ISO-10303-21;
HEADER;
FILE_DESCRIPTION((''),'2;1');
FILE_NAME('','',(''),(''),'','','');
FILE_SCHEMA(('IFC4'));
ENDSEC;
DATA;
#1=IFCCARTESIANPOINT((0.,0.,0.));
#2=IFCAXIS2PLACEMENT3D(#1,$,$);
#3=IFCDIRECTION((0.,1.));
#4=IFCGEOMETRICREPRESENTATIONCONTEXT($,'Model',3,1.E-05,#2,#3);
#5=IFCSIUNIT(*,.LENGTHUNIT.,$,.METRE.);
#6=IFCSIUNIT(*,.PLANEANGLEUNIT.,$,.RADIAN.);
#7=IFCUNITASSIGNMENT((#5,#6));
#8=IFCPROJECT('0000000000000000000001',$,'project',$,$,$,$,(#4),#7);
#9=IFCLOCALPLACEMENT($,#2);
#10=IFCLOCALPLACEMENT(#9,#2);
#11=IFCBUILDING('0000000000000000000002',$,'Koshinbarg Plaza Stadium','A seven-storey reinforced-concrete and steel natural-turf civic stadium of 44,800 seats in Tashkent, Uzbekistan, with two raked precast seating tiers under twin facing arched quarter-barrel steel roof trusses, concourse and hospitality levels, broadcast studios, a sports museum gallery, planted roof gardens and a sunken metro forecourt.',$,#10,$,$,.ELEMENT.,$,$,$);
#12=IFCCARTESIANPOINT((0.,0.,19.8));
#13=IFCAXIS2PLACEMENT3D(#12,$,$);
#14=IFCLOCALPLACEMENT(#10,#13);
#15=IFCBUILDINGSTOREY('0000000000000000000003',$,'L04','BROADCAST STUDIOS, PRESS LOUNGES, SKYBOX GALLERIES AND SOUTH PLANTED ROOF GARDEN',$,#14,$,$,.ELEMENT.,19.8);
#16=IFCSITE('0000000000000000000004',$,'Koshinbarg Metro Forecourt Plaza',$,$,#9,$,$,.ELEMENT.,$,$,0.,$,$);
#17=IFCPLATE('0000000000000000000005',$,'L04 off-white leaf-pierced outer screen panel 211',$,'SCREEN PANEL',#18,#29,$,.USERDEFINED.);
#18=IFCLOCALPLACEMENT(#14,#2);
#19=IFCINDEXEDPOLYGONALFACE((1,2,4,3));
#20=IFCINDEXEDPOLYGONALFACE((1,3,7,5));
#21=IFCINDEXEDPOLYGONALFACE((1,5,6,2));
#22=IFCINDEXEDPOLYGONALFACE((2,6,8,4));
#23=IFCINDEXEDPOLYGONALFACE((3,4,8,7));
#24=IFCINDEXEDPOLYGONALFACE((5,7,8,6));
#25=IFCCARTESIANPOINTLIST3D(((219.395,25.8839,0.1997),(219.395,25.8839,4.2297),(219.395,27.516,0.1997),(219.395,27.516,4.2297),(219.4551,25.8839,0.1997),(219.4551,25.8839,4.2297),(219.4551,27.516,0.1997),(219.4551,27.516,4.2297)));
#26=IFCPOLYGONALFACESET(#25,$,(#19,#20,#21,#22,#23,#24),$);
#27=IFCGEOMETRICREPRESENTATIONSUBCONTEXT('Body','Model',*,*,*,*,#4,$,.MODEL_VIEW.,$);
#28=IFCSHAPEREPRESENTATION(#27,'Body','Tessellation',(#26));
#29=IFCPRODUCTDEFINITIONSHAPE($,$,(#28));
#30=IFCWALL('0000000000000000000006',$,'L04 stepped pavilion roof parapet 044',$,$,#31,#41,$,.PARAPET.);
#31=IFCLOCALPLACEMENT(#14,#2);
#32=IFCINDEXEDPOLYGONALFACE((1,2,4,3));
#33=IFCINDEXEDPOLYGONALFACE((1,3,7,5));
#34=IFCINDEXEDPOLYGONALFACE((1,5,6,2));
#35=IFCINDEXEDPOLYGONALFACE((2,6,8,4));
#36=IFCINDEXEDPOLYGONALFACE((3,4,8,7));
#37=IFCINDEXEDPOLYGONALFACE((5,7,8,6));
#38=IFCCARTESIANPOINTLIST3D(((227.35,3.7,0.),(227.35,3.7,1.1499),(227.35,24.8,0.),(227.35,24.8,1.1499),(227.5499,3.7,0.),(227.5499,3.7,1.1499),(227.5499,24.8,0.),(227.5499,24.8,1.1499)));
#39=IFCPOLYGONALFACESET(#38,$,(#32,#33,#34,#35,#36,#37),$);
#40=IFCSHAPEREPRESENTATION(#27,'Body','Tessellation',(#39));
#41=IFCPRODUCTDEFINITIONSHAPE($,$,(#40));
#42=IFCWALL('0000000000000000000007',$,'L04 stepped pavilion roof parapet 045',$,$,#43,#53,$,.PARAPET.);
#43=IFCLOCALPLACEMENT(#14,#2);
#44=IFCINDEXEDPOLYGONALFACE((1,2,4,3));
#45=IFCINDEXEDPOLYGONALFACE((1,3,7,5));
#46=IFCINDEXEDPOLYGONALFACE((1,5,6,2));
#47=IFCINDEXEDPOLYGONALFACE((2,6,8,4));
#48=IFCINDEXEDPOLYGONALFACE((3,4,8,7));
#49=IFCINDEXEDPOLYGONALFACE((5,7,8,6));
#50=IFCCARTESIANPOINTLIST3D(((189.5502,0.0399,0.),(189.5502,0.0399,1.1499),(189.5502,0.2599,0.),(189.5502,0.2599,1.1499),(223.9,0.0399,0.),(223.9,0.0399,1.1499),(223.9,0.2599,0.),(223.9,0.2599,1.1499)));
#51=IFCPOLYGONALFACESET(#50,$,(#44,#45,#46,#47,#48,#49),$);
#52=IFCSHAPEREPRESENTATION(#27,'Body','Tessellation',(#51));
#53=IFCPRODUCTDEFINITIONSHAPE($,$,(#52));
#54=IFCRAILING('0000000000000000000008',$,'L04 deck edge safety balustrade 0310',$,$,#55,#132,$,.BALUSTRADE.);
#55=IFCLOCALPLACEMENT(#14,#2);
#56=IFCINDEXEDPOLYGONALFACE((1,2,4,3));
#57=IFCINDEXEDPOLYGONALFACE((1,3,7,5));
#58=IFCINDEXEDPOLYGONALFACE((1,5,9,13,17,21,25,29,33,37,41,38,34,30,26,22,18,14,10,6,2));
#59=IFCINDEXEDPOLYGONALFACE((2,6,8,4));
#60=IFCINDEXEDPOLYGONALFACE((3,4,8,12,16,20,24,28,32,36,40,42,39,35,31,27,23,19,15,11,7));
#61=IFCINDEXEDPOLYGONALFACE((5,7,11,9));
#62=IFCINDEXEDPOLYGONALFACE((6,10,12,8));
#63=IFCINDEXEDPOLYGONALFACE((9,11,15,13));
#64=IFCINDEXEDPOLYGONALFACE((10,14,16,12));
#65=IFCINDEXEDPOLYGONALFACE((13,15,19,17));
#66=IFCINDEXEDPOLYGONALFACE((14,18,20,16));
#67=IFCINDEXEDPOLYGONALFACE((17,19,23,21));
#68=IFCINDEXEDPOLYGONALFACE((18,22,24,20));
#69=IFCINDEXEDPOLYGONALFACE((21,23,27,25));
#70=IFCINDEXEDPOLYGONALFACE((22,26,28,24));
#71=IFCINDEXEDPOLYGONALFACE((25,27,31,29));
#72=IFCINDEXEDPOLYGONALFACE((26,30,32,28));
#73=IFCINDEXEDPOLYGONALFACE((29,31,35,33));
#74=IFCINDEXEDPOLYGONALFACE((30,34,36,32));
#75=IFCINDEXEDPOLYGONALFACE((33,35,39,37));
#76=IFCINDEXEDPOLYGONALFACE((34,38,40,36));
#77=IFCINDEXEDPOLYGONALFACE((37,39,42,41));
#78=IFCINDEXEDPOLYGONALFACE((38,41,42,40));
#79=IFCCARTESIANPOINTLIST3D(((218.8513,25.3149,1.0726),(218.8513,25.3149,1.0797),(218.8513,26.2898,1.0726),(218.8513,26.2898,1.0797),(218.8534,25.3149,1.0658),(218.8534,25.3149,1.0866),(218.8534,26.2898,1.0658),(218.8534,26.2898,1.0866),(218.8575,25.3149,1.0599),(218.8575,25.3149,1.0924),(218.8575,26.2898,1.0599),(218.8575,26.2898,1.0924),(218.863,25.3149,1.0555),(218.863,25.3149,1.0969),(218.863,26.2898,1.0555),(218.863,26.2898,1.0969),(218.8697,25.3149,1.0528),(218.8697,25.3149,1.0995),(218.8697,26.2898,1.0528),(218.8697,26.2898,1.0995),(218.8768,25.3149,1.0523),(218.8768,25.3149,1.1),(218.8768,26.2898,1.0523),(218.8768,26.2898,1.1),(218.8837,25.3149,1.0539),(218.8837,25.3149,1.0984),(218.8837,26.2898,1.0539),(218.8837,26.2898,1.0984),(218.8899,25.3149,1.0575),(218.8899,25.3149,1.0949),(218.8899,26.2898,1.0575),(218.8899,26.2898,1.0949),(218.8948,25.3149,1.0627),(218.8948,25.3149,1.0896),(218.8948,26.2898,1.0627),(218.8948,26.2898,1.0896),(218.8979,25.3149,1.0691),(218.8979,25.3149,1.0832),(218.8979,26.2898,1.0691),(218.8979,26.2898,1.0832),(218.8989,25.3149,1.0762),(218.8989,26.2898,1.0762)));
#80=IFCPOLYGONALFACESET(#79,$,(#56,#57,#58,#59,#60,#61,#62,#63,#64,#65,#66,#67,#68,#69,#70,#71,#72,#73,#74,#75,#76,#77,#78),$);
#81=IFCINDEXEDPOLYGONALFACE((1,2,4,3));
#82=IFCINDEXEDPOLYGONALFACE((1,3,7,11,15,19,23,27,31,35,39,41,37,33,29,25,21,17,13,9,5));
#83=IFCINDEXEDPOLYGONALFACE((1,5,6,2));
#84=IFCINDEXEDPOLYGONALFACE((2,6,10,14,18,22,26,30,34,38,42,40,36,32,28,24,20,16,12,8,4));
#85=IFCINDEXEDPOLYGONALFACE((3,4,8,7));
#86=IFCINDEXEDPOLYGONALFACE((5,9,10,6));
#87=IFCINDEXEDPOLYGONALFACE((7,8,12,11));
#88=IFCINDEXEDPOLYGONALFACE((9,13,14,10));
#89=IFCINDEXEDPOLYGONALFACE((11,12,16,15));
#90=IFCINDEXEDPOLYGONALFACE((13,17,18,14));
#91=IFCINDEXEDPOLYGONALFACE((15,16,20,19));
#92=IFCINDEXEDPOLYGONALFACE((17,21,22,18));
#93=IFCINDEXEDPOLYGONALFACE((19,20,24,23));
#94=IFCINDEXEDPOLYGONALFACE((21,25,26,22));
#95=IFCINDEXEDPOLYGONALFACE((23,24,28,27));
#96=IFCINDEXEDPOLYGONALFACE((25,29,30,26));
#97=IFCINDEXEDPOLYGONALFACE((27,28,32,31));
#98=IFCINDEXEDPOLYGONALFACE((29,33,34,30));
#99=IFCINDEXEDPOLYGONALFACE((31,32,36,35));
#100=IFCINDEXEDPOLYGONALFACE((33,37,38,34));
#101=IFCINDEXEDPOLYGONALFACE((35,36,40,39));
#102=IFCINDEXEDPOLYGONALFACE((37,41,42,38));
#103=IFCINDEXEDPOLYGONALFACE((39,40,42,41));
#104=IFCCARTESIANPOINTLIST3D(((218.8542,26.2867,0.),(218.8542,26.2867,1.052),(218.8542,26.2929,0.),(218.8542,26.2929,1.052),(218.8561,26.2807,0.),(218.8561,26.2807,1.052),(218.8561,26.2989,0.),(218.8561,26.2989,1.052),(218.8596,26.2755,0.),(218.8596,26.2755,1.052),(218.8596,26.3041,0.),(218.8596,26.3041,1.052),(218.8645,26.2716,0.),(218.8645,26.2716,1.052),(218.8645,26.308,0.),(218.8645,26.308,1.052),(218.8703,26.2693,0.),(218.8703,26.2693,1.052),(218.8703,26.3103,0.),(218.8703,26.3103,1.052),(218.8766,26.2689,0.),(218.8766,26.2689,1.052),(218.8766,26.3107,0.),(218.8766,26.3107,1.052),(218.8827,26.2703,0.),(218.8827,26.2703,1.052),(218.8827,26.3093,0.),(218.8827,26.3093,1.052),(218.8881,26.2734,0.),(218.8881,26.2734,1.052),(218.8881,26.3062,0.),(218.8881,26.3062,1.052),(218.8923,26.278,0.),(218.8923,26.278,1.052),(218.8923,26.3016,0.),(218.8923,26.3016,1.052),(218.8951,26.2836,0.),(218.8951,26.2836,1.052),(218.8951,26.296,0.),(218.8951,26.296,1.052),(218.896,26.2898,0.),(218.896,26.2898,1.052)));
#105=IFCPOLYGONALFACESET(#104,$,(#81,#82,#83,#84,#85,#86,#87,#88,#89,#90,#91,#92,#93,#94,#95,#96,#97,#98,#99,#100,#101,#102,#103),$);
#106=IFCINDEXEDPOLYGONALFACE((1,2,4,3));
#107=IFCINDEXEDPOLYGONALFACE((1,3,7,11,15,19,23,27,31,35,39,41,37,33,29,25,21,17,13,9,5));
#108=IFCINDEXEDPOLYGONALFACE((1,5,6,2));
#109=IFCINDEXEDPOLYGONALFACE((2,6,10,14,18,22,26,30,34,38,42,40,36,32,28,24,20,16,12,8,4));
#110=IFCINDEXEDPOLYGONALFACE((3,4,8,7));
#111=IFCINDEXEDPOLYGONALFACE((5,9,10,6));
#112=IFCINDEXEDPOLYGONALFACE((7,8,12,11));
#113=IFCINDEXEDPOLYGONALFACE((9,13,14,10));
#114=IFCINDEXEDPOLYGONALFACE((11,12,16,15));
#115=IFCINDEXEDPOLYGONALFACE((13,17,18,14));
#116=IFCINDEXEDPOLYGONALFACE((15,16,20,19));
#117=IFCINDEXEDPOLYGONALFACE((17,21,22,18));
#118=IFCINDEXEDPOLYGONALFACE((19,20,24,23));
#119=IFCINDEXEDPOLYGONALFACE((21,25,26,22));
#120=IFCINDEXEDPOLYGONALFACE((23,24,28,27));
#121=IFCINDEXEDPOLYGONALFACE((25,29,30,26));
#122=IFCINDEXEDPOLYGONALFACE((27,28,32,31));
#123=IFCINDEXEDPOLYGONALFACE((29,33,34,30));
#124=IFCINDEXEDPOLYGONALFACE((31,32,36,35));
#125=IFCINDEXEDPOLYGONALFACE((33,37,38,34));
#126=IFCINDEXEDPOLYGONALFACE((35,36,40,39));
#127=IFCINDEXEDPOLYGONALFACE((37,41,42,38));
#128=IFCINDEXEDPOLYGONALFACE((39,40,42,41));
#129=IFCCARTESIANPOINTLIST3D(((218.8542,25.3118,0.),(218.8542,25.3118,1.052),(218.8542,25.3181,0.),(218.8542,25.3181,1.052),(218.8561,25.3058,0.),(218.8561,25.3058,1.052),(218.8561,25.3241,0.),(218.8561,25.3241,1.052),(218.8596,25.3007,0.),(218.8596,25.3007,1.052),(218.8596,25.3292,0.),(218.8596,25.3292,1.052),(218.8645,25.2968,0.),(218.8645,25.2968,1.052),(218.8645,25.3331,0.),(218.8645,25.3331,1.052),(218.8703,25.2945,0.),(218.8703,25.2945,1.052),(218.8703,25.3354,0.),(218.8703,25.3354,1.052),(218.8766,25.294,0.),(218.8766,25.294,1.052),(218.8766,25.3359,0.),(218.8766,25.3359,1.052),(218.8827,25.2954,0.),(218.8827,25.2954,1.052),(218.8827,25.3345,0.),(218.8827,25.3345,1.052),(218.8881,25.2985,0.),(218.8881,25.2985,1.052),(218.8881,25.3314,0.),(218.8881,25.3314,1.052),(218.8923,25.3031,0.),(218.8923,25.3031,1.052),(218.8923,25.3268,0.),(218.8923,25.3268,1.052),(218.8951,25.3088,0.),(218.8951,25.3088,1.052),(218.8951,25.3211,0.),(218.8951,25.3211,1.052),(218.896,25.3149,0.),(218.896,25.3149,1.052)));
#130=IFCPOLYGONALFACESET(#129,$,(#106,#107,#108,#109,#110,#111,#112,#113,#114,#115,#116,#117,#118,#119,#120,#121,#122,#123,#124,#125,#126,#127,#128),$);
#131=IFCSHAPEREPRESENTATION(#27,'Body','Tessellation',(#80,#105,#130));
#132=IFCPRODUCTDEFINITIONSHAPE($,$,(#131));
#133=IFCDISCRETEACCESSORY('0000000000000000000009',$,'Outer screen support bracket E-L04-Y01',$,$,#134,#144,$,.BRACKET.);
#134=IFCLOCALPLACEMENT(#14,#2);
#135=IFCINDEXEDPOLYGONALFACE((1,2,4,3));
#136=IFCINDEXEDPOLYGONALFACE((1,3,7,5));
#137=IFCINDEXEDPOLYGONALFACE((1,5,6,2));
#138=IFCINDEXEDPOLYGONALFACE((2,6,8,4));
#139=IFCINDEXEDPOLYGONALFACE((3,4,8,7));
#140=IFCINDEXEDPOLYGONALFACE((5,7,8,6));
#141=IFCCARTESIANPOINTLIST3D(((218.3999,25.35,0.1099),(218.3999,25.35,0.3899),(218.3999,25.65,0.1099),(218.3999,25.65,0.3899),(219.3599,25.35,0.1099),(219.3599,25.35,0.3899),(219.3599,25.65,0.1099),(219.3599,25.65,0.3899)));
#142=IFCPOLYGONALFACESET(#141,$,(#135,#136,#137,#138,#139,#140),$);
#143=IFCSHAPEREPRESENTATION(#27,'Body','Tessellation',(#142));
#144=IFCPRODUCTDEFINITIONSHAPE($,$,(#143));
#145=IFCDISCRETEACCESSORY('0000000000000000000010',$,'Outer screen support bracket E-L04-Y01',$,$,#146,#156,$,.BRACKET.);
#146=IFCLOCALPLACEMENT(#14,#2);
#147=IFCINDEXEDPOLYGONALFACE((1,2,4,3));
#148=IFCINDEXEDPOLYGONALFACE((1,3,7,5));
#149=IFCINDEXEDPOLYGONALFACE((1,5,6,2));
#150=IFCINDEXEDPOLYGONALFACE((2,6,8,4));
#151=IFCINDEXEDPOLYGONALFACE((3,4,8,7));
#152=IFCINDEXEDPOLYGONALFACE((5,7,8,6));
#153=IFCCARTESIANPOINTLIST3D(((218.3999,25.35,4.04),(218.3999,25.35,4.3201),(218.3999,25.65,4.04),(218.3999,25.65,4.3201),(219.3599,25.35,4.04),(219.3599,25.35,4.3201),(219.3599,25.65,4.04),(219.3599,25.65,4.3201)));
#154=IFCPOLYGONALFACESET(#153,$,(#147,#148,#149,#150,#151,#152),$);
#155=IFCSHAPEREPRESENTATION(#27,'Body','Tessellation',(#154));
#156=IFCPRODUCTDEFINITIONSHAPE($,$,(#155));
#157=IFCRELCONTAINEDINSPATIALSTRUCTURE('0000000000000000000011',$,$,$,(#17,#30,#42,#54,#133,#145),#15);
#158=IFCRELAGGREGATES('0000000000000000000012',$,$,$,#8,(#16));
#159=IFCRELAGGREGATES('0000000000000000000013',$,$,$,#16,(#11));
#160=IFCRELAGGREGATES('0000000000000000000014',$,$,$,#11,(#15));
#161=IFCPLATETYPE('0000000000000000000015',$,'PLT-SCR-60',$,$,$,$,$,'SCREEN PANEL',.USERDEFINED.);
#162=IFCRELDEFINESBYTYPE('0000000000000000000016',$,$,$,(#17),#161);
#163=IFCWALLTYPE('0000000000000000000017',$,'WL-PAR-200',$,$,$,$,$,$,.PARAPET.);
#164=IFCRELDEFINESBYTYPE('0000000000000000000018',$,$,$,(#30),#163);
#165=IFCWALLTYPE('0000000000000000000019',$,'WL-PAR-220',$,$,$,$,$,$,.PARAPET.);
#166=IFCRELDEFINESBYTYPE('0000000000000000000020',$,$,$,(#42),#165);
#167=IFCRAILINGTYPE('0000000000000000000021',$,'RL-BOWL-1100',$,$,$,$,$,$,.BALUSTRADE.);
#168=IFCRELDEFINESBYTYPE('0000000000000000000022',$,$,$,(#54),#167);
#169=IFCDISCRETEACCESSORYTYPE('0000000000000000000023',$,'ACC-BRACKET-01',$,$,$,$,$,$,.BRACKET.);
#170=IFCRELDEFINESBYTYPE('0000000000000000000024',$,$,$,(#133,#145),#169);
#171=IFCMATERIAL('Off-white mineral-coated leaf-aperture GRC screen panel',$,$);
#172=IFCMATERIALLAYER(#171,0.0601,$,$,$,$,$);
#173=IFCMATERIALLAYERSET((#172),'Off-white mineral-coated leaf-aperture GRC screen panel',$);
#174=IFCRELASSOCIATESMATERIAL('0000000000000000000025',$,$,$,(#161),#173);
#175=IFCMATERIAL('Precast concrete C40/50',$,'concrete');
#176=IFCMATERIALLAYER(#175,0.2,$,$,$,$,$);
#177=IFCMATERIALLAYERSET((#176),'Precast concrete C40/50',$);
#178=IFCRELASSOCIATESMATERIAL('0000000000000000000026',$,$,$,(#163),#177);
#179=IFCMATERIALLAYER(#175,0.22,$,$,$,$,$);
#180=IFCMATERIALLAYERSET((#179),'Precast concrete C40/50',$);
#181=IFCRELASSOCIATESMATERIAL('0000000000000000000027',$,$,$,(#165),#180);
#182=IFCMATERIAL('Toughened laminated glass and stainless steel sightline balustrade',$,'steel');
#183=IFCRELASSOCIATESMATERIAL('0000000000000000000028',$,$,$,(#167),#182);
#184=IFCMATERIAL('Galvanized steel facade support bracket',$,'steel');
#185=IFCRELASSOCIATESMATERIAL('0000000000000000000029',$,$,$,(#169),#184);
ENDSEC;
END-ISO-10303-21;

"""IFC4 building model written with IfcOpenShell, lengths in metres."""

from ifc_helpers import new_model, si_unit, direction, frame, frame_2d, origin, origin_2d, place, context, subcontext, project, spatial, rectangle, circle, extrude, material, layer, layer_set, type_object, element, save


model = new_model("IFC4")

# Units and contexts
model_context = context("Model", 3, precision=1e-05, world=origin(), true_north=direction((0.0, 1.0)))
body_context = subcontext(model_context, "Body", "Model", "MODEL_VIEW")
ifc_project = project(units=[si_unit("LENGTHUNIT", "METRE"), si_unit("PLANEANGLEUNIT", "RADIAN")], contexts=[model_context])

# Site, building, storey
site_placement = place(None, origin())
site = spatial("IfcSite", under=ifc_project, at=site_placement, Name="Koshinbarg Metro Forecourt Plaza", CompositionType="ELEMENT", RefElevation=0.0)
building_placement = place(site_placement, origin())
building = spatial("IfcBuilding", under=site, at=building_placement, Name="Koshinbarg Plaza Stadium", Description="A seven-storey reinforced-concrete and steel natural-turf civic stadium of 44,800 seats in Tashkent, Uzbekistan, with two raked precast seating tiers under twin facing arched quarter-barrel steel roof trusses, concourse and hospitality levels, broadcast studios, a sports museum gallery, planted roof gardens and a sunken metro forecourt.", CompositionType="ELEMENT")
storey_placement = place(building_placement, frame((0.0, 0.0, 19.8)))
storey = spatial("IfcBuildingStorey", under=building, at=storey_placement, Name="L04", Description="BROADCAST STUDIOS, PRESS LOUNGES, SKYBOX GALLERIES AND SOUTH PLANTED ROOF GARDEN", CompositionType="ELEMENT", Elevation=19.8)

# Plate
ifc_material_1 = material(Name="Off-white mineral-coated leaf-aperture GRC screen panel")
ifc_layer_1 = layer(ifc_material_1, 0.0601)
ifc_layer_set_1 = layer_set([ifc_layer_1], Name="Off-white mineral-coated leaf-aperture GRC screen panel")
plate_type_1 = type_object("IfcPlateType", Name="PLT-SCR-60", ElementType="SCREEN PANEL", PredefinedType="USERDEFINED", material=ifc_layer_set_1)
plate_1_placement = place(storey_placement, frame((219.425, 26.7, 0.1997), z_axis=(0.0, 0.0, 1.0), x_axis=(1.0, 0.0, 0.0)))
element("IfcPlate", 1, at=plate_1_placement, inside=storey, type_object=plate_type_1, Name="L04 off-white leaf-pierced outer screen panel 211", ObjectType="SCREEN PANEL", PredefinedType="USERDEFINED", context=body_context, shape_type="SweptSolid", body=[
    extrude(rectangle(XDim=0.0601, YDim=1.6321, at=origin_2d()), origin(), (0.0, 0.0, 1.0), 4.03),
])

# Walls
ifc_material_2 = material(Name="Precast concrete C40/50", Category="concrete")
ifc_layer_2 = layer(ifc_material_2, 0.2)
ifc_layer_set_2 = layer_set([ifc_layer_2], Name="Precast concrete C40/50")
wall_type_1 = type_object("IfcWallType", Name="WL-PAR-200", PredefinedType="PARAPET", material=ifc_layer_set_2)
wall_1_placement = place(storey_placement, frame((227.45, 24.8, 0.0), z_axis=(0.0, 0.0, 1.0), x_axis=(0.0, -1.0, 0.0)))
element("IfcWall", 2, at=wall_1_placement, inside=storey, type_object=wall_type_1, Name="L04 stepped pavilion roof parapet 044", PredefinedType="PARAPET", context=body_context, shape_type="SweptSolid", body=[
    extrude(rectangle(XDim=21.1001, YDim=0.2, at=frame_2d((10.55, 0.0))), origin(), (0.0, 0.0, 1.0), 1.1499),
])
ifc_layer_3 = layer(ifc_material_2, 0.22)
ifc_layer_set_3 = layer_set([ifc_layer_3], Name="Precast concrete C40/50")
wall_type_2 = type_object("IfcWallType", Name="WL-PAR-220", PredefinedType="PARAPET", material=ifc_layer_set_3)
wall_2_placement = place(storey_placement, frame((223.8999, 0.1499, 0.0), z_axis=(0.0, 0.0, 1.0), x_axis=(-1.0, 0.0, 0.0)))
element("IfcWall", 3, at=wall_2_placement, inside=storey, type_object=wall_type_2, Name="L04 stepped pavilion roof parapet 045", PredefinedType="PARAPET", context=body_context, shape_type="SweptSolid", body=[
    extrude(rectangle(XDim=34.3499, YDim=0.22, at=frame_2d((17.1748, 0.0))), origin(), (0.0, 0.0, 1.0), 1.1499),
])

# Railing
ifc_material_3 = material(Name="Toughened laminated glass and stainless steel sightline balustrade", Category="steel")
railing_type = type_object("IfcRailingType", Name="RL-BOWL-1100", PredefinedType="BALUSTRADE", material=ifc_material_3)
railing_placement = place(storey_placement, frame((218.875, 26.2898, 0.0)))
element("IfcRailing", 4, at=railing_placement, inside=storey, type_object=railing_type, Name="L04 deck edge safety balustrade 0310", PredefinedType="BALUSTRADE", context=body_context, shape_type="SweptSolid", body=[
    extrude(circle(Radius=0.0239, at=origin_2d()), frame((0.0, 0.0, 1.0762), z_axis=(0.0, -1.0, 0.0), x_axis=(1.0, 0.0, 0.0)), (0.0, 0.0, 1.0), 0.9749),
    extrude(circle(Radius=0.021, at=origin_2d()), origin(), (0.0, 0.0, 1.0), 1.052),
    extrude(circle(Radius=0.021, at=origin_2d()), frame((0.0, -0.9749, 0.0)), (0.0, 0.0, 1.0), 1.052),
])

# Discrete accessories
ifc_material_4 = material(Name="Galvanized steel facade support bracket", Category="steel")
discrete_accessory_type = type_object("IfcDiscreteAccessoryType", Name="ACC-BRACKET-01", PredefinedType="BRACKET", material=ifc_material_4)
for number, where, z_axis, x_axis, name in (
    (5, (218.8799, 25.5, 0.1099), (0.0, 0.0, 1.0), (1.0, 0.0, 0.0), "Outer screen support bracket E-L04-Y01"),
    (6, (218.8799, 25.5, 4.04), (0.0, 0.0, 1.0), (1.0, 0.0, 0.0), "Outer screen support bracket E-L04-Y01"),
):
    element("IfcDiscreteAccessory", number, at=place(storey_placement, frame(where, z_axis=z_axis, x_axis=x_axis)), inside=storey, type_object=discrete_accessory_type, Name=name, PredefinedType="BRACKET", context=body_context, shape_type="SweptSolid", body=[
        extrude(rectangle(XDim=0.96, YDim=0.3, at=origin_2d()), origin(), (0.0, 0.0, 1.0), 0.28),
    ])

save(model, "model.ifc")
